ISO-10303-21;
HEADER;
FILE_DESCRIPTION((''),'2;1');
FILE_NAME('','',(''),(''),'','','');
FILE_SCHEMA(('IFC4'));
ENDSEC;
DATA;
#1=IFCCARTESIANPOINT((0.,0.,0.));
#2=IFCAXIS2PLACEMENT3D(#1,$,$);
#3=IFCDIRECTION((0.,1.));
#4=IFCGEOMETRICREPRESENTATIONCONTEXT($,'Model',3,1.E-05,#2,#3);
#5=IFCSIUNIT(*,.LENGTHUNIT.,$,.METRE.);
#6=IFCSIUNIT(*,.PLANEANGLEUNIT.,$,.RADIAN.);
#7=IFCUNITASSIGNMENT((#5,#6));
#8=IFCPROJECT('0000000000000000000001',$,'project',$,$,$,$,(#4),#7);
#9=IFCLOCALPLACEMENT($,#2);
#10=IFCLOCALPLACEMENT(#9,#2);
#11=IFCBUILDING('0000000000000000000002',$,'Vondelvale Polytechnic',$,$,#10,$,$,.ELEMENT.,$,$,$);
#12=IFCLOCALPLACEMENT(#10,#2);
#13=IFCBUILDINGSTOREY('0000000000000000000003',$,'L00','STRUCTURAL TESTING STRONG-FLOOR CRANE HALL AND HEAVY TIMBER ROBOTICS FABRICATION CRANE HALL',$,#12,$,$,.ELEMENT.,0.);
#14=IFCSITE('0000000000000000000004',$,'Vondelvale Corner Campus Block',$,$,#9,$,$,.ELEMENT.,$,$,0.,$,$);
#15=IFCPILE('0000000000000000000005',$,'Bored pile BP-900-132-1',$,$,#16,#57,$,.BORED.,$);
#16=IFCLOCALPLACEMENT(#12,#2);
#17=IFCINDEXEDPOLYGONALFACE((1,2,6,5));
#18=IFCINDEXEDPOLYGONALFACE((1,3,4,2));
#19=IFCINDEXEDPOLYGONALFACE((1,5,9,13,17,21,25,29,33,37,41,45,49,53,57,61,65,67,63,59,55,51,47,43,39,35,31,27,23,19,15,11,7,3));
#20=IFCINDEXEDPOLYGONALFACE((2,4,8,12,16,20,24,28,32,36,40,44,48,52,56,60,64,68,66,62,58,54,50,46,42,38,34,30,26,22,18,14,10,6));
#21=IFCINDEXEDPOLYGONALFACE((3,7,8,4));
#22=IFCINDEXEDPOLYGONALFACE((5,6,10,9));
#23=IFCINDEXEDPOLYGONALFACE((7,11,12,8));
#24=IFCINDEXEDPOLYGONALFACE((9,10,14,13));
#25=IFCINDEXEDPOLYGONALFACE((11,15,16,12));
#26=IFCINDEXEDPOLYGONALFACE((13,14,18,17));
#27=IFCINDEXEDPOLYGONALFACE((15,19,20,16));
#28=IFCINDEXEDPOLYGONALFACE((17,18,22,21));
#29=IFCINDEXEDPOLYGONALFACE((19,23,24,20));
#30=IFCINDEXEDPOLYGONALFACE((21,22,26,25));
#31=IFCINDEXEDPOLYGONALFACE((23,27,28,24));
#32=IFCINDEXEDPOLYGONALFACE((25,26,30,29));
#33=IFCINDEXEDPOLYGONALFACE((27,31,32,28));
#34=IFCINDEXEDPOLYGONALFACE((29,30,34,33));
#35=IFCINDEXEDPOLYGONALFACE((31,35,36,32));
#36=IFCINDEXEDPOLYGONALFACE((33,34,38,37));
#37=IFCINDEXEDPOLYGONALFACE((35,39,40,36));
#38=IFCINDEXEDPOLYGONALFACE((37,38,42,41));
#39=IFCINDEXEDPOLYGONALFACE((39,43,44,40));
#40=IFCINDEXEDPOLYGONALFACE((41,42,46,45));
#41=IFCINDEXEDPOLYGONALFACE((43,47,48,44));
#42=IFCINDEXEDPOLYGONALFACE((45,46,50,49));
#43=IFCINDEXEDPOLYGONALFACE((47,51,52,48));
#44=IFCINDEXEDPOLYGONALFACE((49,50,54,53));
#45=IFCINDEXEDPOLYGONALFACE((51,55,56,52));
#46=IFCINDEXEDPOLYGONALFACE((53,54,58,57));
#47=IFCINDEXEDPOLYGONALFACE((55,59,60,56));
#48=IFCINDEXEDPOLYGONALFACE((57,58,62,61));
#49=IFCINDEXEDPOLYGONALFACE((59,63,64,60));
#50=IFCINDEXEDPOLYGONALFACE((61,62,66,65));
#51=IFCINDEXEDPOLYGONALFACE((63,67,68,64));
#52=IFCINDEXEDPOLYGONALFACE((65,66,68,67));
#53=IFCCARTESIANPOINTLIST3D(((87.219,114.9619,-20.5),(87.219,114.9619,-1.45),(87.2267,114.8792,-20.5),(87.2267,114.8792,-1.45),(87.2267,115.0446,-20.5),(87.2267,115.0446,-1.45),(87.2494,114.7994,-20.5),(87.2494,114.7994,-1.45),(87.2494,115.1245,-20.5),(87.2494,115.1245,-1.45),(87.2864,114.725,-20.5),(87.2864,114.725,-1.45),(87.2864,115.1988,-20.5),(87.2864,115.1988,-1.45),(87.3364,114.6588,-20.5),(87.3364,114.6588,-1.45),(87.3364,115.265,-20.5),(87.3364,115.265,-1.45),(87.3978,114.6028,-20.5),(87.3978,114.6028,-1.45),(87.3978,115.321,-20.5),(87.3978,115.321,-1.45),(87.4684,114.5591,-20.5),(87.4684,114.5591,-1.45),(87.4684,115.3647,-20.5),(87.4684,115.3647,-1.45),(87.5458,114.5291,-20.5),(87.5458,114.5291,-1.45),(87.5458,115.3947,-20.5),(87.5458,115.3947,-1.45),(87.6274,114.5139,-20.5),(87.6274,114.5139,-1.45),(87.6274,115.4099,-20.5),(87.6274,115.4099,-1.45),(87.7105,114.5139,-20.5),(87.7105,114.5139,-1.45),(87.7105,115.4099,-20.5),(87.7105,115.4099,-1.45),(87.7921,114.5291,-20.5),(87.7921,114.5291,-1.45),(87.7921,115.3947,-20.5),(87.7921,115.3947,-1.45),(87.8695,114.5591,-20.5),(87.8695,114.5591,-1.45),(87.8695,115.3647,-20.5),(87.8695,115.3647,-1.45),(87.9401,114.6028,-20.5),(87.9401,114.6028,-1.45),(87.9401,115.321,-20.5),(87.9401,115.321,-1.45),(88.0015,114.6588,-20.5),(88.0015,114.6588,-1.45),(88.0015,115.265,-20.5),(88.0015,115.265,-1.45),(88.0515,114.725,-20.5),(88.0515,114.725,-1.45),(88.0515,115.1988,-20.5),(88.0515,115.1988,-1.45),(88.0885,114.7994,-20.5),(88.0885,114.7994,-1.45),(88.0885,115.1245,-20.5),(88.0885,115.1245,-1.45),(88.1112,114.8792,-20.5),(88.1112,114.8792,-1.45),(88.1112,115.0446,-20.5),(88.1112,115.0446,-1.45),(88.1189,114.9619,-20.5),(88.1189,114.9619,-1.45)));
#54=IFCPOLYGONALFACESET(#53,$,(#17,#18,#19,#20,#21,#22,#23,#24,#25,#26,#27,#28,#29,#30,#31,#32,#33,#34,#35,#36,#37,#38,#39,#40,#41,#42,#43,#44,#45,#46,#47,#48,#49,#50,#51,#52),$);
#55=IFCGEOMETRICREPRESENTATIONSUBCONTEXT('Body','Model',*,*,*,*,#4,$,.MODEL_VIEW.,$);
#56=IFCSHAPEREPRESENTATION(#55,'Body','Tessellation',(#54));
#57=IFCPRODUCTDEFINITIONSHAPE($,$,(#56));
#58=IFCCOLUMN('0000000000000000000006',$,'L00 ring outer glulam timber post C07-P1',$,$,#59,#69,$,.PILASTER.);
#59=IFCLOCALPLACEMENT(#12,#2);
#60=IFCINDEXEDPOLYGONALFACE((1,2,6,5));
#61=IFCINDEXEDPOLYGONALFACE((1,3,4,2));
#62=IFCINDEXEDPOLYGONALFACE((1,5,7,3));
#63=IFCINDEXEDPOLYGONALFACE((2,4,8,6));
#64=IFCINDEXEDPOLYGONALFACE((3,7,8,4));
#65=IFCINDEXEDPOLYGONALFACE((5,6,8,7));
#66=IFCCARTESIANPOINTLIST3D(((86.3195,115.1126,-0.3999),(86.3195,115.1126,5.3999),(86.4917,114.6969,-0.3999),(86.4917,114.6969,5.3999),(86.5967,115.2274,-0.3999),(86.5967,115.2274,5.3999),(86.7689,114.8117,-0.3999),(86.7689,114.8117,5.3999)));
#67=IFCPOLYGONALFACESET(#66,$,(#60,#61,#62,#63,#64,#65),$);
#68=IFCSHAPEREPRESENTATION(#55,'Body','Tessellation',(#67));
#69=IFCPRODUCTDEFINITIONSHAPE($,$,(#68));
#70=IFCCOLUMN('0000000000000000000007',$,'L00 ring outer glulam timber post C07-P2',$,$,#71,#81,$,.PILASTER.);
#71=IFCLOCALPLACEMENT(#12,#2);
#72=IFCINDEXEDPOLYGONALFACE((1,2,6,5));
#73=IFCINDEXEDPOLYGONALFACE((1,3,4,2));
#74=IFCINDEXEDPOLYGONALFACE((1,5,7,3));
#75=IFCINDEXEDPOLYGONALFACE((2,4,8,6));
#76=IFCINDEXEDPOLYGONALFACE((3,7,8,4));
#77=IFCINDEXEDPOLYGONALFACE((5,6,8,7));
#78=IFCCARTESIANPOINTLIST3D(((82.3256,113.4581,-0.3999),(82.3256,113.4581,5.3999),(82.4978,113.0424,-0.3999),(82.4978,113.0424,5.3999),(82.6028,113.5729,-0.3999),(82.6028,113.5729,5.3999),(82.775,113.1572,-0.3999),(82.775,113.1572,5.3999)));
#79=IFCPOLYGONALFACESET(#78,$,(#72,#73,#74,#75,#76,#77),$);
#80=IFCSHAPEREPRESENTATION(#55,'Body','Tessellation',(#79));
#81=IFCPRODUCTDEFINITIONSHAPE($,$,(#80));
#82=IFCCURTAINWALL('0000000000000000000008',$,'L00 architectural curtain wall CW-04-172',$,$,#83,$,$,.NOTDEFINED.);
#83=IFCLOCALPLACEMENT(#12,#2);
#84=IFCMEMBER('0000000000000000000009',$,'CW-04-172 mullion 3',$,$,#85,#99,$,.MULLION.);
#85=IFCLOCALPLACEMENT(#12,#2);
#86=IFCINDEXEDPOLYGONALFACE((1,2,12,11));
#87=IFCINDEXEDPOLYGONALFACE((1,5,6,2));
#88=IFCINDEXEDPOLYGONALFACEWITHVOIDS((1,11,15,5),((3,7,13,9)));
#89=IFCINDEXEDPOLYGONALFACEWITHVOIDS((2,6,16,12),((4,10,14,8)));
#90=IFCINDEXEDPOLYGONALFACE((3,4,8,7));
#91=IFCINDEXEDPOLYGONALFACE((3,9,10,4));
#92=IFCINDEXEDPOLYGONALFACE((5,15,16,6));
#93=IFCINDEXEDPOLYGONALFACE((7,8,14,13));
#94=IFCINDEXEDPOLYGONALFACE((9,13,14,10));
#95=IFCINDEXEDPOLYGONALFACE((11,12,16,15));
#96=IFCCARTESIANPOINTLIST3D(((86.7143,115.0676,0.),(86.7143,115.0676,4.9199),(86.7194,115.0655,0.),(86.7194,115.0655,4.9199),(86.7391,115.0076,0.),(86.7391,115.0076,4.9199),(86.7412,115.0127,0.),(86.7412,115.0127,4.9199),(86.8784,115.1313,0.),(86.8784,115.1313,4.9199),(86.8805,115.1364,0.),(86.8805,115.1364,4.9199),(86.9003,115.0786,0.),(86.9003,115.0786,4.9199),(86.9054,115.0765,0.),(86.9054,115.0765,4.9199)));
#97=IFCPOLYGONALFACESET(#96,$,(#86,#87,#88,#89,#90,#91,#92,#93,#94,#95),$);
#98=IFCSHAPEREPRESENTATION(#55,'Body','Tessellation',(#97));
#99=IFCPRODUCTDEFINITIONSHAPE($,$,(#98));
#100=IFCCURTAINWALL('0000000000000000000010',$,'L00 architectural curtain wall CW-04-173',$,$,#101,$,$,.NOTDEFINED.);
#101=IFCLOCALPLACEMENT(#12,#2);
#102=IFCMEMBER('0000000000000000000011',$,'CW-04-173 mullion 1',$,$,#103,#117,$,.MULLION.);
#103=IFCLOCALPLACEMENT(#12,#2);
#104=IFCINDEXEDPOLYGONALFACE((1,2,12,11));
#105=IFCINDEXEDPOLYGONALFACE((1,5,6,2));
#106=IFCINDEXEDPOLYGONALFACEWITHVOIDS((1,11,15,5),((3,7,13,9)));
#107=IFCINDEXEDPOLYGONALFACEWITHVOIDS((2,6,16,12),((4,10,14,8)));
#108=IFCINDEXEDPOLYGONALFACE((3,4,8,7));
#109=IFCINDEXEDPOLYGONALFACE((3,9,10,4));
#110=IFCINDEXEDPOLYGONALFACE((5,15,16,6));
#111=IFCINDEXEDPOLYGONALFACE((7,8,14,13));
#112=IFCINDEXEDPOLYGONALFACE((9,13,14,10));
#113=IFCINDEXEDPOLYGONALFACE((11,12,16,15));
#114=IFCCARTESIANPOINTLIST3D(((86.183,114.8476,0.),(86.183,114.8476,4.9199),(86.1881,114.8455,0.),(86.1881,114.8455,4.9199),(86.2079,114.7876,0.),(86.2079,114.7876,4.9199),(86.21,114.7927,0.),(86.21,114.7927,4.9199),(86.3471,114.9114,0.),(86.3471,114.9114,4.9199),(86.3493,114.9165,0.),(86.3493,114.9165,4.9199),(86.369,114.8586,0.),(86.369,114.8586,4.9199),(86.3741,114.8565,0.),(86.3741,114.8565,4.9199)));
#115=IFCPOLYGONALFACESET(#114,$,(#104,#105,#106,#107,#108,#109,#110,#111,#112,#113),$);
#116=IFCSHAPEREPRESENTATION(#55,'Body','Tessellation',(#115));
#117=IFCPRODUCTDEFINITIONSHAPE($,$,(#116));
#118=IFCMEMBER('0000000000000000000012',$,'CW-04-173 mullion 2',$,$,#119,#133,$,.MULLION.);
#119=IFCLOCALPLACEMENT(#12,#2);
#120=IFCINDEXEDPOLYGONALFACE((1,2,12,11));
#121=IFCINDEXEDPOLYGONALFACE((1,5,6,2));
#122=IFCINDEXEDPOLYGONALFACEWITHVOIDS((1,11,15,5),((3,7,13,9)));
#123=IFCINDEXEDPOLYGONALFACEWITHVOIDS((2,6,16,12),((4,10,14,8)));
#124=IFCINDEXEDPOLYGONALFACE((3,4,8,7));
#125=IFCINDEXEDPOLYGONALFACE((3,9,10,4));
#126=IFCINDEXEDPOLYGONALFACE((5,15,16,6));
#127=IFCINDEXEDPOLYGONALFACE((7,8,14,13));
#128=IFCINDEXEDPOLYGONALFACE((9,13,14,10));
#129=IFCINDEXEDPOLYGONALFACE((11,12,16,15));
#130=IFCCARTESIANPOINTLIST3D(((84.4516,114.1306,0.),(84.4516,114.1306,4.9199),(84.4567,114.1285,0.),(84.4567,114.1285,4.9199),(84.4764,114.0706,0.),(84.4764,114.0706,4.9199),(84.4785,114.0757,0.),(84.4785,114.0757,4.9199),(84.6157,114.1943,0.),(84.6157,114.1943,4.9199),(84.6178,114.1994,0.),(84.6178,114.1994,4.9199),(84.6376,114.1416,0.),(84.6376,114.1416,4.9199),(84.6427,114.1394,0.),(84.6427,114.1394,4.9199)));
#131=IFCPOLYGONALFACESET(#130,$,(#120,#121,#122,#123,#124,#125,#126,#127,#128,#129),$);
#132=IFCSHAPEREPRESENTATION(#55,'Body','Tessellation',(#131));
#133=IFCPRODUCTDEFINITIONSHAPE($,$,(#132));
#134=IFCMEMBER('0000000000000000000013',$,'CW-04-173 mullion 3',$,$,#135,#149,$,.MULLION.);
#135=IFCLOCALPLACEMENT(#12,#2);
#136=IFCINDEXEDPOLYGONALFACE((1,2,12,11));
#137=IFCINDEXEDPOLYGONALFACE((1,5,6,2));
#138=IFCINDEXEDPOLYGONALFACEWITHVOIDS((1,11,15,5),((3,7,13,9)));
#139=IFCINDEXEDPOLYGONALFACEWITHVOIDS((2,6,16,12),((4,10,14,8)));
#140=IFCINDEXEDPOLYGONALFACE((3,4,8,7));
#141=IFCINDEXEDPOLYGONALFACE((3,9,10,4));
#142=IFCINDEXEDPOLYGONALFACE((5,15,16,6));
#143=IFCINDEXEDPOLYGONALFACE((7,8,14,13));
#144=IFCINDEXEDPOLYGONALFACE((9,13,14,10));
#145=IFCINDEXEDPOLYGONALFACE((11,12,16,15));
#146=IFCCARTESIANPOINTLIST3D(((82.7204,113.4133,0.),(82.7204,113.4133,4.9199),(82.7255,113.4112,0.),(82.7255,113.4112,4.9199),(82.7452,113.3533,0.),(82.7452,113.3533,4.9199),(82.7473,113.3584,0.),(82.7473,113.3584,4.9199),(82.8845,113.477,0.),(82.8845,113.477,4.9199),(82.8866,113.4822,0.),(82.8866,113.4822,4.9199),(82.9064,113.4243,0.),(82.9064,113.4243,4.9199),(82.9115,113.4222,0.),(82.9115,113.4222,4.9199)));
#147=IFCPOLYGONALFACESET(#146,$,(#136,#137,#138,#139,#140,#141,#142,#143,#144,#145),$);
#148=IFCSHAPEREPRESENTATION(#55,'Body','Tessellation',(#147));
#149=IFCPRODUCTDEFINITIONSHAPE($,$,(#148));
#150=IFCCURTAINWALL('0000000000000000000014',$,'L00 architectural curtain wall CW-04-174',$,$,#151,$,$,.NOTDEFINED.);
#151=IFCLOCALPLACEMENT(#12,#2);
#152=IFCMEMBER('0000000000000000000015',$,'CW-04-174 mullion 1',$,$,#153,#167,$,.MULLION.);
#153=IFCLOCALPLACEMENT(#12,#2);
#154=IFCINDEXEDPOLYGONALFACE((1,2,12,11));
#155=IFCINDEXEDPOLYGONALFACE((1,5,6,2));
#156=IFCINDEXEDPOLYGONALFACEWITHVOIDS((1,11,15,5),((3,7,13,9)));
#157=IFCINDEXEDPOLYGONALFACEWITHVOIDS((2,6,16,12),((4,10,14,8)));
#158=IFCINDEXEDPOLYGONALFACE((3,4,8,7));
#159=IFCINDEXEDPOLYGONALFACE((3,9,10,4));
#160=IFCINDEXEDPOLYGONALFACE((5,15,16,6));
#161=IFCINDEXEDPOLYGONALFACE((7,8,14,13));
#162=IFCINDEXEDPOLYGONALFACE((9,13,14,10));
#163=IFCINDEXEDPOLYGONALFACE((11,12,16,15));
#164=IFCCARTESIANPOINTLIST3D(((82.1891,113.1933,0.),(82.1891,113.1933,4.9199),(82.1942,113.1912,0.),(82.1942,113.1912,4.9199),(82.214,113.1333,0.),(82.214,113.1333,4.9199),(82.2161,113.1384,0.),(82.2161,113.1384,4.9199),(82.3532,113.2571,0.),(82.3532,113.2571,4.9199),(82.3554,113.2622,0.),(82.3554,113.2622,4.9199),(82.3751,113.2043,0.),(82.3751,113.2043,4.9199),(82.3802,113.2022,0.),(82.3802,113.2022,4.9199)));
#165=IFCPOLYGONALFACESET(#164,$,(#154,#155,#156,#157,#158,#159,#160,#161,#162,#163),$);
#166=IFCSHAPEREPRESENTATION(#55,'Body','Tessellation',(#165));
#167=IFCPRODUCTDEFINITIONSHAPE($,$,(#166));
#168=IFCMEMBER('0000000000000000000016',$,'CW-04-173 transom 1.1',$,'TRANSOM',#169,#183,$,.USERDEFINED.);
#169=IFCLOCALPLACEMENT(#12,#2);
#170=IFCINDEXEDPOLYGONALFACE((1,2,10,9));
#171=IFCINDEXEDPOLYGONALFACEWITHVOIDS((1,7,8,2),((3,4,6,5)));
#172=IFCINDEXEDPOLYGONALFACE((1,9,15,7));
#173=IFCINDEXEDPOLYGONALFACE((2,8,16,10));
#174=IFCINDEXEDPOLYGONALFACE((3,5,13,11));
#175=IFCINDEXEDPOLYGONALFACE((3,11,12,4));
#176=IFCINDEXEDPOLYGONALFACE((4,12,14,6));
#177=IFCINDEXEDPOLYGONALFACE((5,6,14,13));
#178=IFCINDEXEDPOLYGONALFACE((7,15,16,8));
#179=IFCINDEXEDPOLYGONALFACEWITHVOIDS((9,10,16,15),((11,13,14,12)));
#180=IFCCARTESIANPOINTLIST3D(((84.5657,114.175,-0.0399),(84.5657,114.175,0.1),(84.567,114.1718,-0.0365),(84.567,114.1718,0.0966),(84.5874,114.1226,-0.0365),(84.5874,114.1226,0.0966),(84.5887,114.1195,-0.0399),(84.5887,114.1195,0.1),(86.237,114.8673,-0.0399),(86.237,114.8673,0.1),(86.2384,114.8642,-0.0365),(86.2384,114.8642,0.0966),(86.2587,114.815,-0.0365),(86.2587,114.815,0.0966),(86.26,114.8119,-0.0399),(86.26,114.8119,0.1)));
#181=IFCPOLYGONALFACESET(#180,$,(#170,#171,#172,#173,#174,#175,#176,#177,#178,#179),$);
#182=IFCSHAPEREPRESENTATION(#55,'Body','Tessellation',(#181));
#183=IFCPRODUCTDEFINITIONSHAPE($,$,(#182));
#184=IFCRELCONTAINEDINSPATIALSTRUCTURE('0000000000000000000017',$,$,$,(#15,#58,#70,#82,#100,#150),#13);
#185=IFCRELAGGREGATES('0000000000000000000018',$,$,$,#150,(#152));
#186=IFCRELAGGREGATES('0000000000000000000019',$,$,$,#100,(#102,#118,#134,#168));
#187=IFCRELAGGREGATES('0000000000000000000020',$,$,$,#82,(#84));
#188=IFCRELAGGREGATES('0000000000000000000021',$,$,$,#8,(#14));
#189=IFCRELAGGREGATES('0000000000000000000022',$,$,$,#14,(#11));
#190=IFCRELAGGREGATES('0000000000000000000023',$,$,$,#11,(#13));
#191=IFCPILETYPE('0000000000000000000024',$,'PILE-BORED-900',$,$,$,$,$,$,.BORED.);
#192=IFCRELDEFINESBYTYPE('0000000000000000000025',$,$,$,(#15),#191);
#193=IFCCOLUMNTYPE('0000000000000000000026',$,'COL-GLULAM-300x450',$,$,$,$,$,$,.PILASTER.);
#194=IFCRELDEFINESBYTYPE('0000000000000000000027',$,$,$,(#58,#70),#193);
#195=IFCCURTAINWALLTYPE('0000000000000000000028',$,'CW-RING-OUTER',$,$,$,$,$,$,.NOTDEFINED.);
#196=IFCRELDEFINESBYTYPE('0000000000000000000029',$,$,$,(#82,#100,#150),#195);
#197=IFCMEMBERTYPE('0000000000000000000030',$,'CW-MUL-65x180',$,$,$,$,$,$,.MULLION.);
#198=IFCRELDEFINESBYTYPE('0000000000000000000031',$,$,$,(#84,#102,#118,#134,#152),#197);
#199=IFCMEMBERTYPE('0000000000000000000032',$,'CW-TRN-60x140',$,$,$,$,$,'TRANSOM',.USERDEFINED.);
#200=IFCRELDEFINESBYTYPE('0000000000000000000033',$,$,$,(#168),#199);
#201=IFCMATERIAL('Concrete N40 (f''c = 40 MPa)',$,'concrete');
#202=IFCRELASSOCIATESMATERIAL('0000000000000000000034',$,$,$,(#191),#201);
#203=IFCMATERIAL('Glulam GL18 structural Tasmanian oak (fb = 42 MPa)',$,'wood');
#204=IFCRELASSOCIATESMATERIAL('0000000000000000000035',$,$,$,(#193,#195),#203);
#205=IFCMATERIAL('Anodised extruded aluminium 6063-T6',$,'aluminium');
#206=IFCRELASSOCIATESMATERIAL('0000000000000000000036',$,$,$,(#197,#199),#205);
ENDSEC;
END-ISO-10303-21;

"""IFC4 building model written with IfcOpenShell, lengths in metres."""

from ifc_helpers import new_model, si_unit, direction, frame, origin, origin_2d, place, context, subcontext, project, spatial, rectangle, hollow_rectangle, circle, extrude, material, material_profile, profile_set, type_object, element, aggregate, save


model = new_model("IFC4")

# Units and contexts
model_context = context("Model", 3, precision=1e-05, world=origin(), true_north=direction((0.0, 1.0)))
body_context = subcontext(model_context, "Body", "Model", "MODEL_VIEW")
ifc_project = project(units=[si_unit("LENGTHUNIT", "METRE"), si_unit("PLANEANGLEUNIT", "RADIAN")], contexts=[model_context])

# Site, building, storey
site_placement = place(None, origin())
site = spatial("IfcSite", under=ifc_project, at=site_placement, Name="Vondelvale Corner Campus Block", CompositionType="ELEMENT", RefElevation=0.0)
building_placement = place(site_placement, origin())
building = spatial("IfcBuilding", under=site, at=building_placement, Name="Vondelvale Polytechnic", CompositionType="ELEMENT")
storey_placement = place(building_placement, origin())
storey = spatial("IfcBuildingStorey", under=building, at=storey_placement, Name="L00", Description="STRUCTURAL TESTING STRONG-FLOOR CRANE HALL AND HEAVY TIMBER ROBOTICS FABRICATION CRANE HALL", CompositionType="ELEMENT", Elevation=0.0)

# Pile
ifc_material_1 = material(Name="Concrete N40 (f'c = 40 MPa)", Category="concrete")
ifc_material_profile_1 = material_profile(ifc_material_1, circle(Radius=0.45, at=origin_2d()), Name="PILE-D900")
ifc_profile_set_1 = profile_set([ifc_material_profile_1], Name="Concrete N40 (f'c = 40 MPa)")
pile_type = type_object("IfcPileType", Name="PILE-BORED-900", PredefinedType="BORED", material=ifc_profile_set_1)
pile_placement = place(storey_placement, frame((87.6689, 114.9619, -1.45), z_axis=(0.0, 0.0, -1.0), x_axis=(1.0, 0.0, 0.0)))
element("IfcPile", 1, at=pile_placement, inside=storey, type_object=pile_type, Name="Bored pile BP-900-132-1", PredefinedType="BORED", context=body_context, shape_type="SweptSolid", body=[
    extrude(circle(Radius=0.45, at=origin_2d()), origin(), (0.0, 0.0, 1.0), 19.05),
])

# Columns
ifc_material_2 = material(Name="Glulam GL18 structural Tasmanian oak (fb = 42 MPa)", Category="wood")
ifc_material_profile_2 = material_profile(ifc_material_2, rectangle(XDim=0.3, YDim=0.45, at=origin_2d()), Name="GL-POST-300x450")
ifc_profile_set_2 = profile_set([ifc_material_profile_2], Name="Glulam GL18 structural Tasmanian oak (fb = 42 MPa)")
column_type = type_object("IfcColumnType", Name="COL-GLULAM-300x450", PredefinedType="PILASTER", material=ifc_profile_set_2)
for number, where, z_axis, x_axis, name in (
    (2, (86.5442, 114.9622, -0.3999), (0.0, 0.0, 1.0), (0.92388, 0.382683, 0.0), "L00 ring outer glulam timber post C07-P1"),
    (3, (82.5503, 113.3076, -0.3999), (0.0, 0.0, 1.0), (0.92388, 0.382683, 0.0), "L00 ring outer glulam timber post C07-P2"),
):
    element("IfcColumn", number, at=place(storey_placement, frame(where, z_axis=z_axis, x_axis=x_axis)), inside=storey, type_object=column_type, Name=name, PredefinedType="PILASTER", context=body_context, shape_type="SweptSolid", body=[
        extrude(rectangle(XDim=0.3, YDim=0.45, at=origin_2d()), origin(), (0.0, 0.0, 1.0), 5.7998),
    ])

# Curtain wall, member
curtain_wall_type = type_object("IfcCurtainWallType", Name="CW-RING-OUTER", PredefinedType="NOTDEFINED", material=ifc_material_2)
curtain_wall_1_placement = place(storey_placement, origin())
curtain_wall_1 = element("IfcCurtainWall", 4, at=curtain_wall_1_placement, inside=storey, type_object=curtain_wall_type, Name="L00 architectural curtain wall CW-04-172", PredefinedType="NOTDEFINED")
ifc_material_3 = material(Name="Anodised extruded aluminium 6063-T6", Category="aluminium")
ifc_material_profile_3 = material_profile(ifc_material_3, hollow_rectangle(XDim=0.0649, YDim=0.1799, WallThickness=0.0039, at=origin_2d()), Name="CW-MUL-180x65")
ifc_profile_set_3 = profile_set([ifc_material_profile_3], Name="Anodised extruded aluminium 6063-T6")
member_type_1 = type_object("IfcMemberType", Name="CW-MUL-65x180", PredefinedType="MULLION", material=ifc_profile_set_3)
member_1_placement = place(storey_placement, frame((86.8098, 115.072, 0.0), z_axis=(0.0, 0.0, 1.0), x_axis=(0.382679, -0.923881, 0.0)))
member_1 = element("IfcMember", 5, at=member_1_placement, type_object=member_type_1, Name="CW-04-172 mullion 3", PredefinedType="MULLION", context=body_context, shape_type="SweptSolid", body=[
    extrude(hollow_rectangle(XDim=0.0649, YDim=0.1799, WallThickness=0.0039, at=origin_2d()), origin(), (0.0, 0.0, 1.0), 4.9199),
])

# Curtain wall, members
curtain_wall_2_placement = place(storey_placement, origin())
curtain_wall_2 = element("IfcCurtainWall", 6, at=curtain_wall_2_placement, inside=storey, type_object=curtain_wall_type, Name="L00 architectural curtain wall CW-04-173", PredefinedType="NOTDEFINED")
member_2_placement = place(storey_placement, frame((86.2786, 114.8521, 0.0), z_axis=(0.0, 0.0, 1.0), x_axis=(0.382695, -0.923875, 0.0)))
member_2 = element("IfcMember", 7, at=member_2_placement, type_object=member_type_1, Name="CW-04-173 mullion 1", PredefinedType="MULLION", context=body_context, shape_type="SweptSolid", body=[
    extrude(hollow_rectangle(XDim=0.0649, YDim=0.1799, WallThickness=0.0039, at=origin_2d()), origin(), (0.0, 0.0, 1.0), 4.9199),
])
member_3_placement = place(storey_placement, frame((84.5471, 114.135, 0.0), z_axis=(0.0, 0.0, 1.0), x_axis=(0.382695, -0.923875, 0.0)))
member_3 = element("IfcMember", 8, at=member_3_placement, type_object=member_type_1, Name="CW-04-173 mullion 2", PredefinedType="MULLION", context=body_context, shape_type="SweptSolid", body=[
    extrude(hollow_rectangle(XDim=0.0649, YDim=0.1799, WallThickness=0.0039, at=origin_2d()), origin(), (0.0, 0.0, 1.0), 4.9199),
])
member_4_placement = place(storey_placement, frame((82.8159, 113.4177, 0.0), z_axis=(0.0, 0.0, 1.0), x_axis=(0.382695, -0.923875, 0.0)))
member_4 = element("IfcMember", 9, at=member_4_placement, type_object=member_type_1, Name="CW-04-173 mullion 3", PredefinedType="MULLION", context=body_context, shape_type="SweptSolid", body=[
    extrude(hollow_rectangle(XDim=0.0649, YDim=0.1799, WallThickness=0.0039, at=origin_2d()), origin(), (0.0, 0.0, 1.0), 4.9199),
])

# Curtain wall, member
curtain_wall_3_placement = place(storey_placement, origin())
curtain_wall_3 = element("IfcCurtainWall", 10, at=curtain_wall_3_placement, inside=storey, type_object=curtain_wall_type, Name="L00 architectural curtain wall CW-04-174", PredefinedType="NOTDEFINED")
member_5_placement = place(storey_placement, frame((82.2847, 113.1978, 0.0), z_axis=(0.0, 0.0, 1.0), x_axis=(0.382679, -0.923881, 0.0)))
member_5 = element("IfcMember", 11, at=member_5_placement, type_object=member_type_1, Name="CW-04-174 mullion 1", PredefinedType="MULLION", context=body_context, shape_type="SweptSolid", body=[
    extrude(hollow_rectangle(XDim=0.0649, YDim=0.1799, WallThickness=0.0039, at=origin_2d()), origin(), (0.0, 0.0, 1.0), 4.9199),
])

# Member
ifc_material_profile_4 = material_profile(ifc_material_3, hollow_rectangle(XDim=0.0601, YDim=0.1399, WallThickness=0.0034, at=origin_2d()), Name="CW-TRN-140x60")
ifc_profile_set_4 = profile_set([ifc_material_profile_4], Name="Anodised extruded aluminium 6063-T6")
member_type_2 = type_object("IfcMemberType", Name="CW-TRN-60x140", ElementType="TRANSOM", PredefinedType="USERDEFINED", material=ifc_profile_set_4)
member_6_placement = place(storey_placement, frame((86.2485, 114.8396, 0.03), z_axis=(-0.923866, -0.382717, 0.0), x_axis=(0.382717, -0.923866, 0.0)))
member_6 = element("IfcMember", 12, at=member_6_placement, type_object=member_type_2, Name="CW-04-173 transom 1.1", ObjectType="TRANSOM", PredefinedType="USERDEFINED", context=body_context, shape_type="SweptSolid", body=[
    extrude(hollow_rectangle(XDim=0.0601, YDim=0.1399, WallThickness=0.0034, at=origin_2d()), origin(), (0.0, 0.0, 1.0), 1.8091),
])
aggregate(curtain_wall_3, [member_5])

aggregate(curtain_wall_2, [member_2, member_3, member_4, member_6])
aggregate(curtain_wall_1, [member_1])

save(model, "model.ifc")
